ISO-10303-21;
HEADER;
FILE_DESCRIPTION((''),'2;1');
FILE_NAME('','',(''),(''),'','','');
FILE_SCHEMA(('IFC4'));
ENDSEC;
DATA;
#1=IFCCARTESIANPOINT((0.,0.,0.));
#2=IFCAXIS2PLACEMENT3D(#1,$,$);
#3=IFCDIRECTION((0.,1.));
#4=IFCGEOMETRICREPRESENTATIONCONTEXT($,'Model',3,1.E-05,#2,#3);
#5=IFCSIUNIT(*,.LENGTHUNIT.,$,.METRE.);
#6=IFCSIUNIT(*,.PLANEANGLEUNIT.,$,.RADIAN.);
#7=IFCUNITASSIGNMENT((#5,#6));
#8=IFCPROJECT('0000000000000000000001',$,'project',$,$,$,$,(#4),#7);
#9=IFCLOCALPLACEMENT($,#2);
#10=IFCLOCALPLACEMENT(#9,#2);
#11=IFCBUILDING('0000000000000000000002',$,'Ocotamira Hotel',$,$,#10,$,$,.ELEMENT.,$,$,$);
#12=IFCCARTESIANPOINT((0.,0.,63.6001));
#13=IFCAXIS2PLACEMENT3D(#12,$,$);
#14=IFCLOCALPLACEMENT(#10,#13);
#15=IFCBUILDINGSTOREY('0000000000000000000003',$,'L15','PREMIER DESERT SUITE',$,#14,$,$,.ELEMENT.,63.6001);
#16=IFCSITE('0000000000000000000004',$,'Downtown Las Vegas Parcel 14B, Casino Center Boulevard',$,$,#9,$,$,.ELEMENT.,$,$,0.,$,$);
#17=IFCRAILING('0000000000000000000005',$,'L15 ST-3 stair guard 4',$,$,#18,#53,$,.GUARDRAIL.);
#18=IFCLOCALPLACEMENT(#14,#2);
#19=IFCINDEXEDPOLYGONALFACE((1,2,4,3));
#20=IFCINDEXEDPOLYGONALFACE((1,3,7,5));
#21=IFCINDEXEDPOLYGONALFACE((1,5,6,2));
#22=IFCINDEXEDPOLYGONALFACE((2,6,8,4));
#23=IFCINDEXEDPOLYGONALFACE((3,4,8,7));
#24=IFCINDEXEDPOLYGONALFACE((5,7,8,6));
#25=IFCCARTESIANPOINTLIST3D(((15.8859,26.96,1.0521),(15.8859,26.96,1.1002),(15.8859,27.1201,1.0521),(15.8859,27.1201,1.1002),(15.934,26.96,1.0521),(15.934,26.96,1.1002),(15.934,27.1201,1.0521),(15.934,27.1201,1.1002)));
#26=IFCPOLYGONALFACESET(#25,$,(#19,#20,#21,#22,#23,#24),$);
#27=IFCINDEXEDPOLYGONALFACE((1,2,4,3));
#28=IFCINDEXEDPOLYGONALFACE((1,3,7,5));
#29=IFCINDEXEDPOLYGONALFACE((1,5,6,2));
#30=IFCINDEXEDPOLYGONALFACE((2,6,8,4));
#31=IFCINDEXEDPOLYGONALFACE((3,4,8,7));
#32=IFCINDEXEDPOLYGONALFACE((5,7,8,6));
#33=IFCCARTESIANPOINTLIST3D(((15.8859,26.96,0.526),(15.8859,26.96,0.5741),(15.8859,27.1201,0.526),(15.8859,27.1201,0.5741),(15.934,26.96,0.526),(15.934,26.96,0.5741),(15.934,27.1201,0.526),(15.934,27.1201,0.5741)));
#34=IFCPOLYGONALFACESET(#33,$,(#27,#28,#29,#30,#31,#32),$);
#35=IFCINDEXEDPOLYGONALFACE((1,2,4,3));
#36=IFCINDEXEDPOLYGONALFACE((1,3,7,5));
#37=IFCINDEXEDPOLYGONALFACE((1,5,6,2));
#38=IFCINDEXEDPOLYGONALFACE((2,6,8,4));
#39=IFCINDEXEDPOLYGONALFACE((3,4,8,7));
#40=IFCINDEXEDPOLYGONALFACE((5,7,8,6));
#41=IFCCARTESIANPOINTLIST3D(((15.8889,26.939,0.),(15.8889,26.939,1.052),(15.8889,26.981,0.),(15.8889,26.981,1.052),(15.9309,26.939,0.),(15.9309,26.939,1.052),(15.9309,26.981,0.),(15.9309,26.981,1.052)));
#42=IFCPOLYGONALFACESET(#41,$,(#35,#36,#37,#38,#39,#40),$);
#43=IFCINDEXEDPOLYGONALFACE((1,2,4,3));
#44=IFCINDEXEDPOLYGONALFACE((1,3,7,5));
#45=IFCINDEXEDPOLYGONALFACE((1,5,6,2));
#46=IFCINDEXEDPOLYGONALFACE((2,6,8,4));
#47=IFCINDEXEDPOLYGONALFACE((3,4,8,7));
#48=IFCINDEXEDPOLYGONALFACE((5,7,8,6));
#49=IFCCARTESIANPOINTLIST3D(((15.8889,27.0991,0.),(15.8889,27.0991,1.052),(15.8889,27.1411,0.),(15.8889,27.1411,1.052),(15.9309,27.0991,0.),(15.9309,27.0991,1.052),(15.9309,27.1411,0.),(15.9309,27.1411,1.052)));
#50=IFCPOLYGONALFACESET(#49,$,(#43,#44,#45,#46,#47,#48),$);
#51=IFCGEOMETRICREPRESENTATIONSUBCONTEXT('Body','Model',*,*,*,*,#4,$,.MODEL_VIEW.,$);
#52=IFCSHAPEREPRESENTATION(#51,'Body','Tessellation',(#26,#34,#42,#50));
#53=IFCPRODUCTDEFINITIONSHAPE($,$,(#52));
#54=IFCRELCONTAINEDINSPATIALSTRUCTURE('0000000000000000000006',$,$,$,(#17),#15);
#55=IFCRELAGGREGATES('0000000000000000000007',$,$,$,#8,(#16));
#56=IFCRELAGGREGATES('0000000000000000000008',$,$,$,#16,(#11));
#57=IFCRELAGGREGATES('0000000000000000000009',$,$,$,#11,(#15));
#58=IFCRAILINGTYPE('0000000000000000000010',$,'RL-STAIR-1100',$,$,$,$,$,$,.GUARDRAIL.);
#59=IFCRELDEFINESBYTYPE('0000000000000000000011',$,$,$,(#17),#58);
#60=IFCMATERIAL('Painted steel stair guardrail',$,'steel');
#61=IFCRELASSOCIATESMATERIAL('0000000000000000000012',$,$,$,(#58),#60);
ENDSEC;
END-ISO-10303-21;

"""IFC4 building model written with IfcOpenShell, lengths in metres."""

from ifc_helpers import new_model, si_unit, direction, frame, origin, origin_2d, place, context, subcontext, project, spatial, rectangle, extrude, material, type_object, element, save


model = new_model("IFC4")

# Units and contexts
model_context = context("Model", 3, precision=1e-05, world=origin(), true_north=direction((0.0, 1.0)))
body_context = subcontext(model_context, "Body", "Model", "MODEL_VIEW")
ifc_project = project(units=[si_unit("LENGTHUNIT", "METRE"), si_unit("PLANEANGLEUNIT", "RADIAN")], contexts=[model_context])

# Site, building, storey
site_placement = place(None, origin())
site = spatial("IfcSite", under=ifc_project, at=site_placement, Name="Downtown Las Vegas Parcel 14B, Casino Center Boulevard", CompositionType="ELEMENT", RefElevation=0.0)
building_placement = place(site_placement, origin())
building = spatial("IfcBuilding", under=site, at=building_placement, Name="Ocotamira Hotel", CompositionType="ELEMENT")
storey_placement = place(building_placement, frame((0.0, 0.0, 63.6001)))
storey = spatial("IfcBuildingStorey", under=building, at=storey_placement, Name="L15", Description="PREMIER DESERT SUITE", CompositionType="ELEMENT", Elevation=63.6001)

# Railing
ifc_material_1 = material(Name="Painted steel stair guardrail", Category="steel")
railing_type_1 = type_object("IfcRailingType", Name="RL-STAIR-1100", PredefinedType="GUARDRAIL", material=ifc_material_1)
railing_1_placement = place(storey_placement, frame((15.9099, 26.96, 0.0)))
element("IfcRailing", 1, at=railing_1_placement, inside=storey, type_object=railing_type_1, Name="L15 ST-3 stair guard 4", PredefinedType="GUARDRAIL", context=body_context, shape_type="SweptSolid", body=[
    extrude(rectangle(XDim=0.0481, YDim=0.0481, at=origin_2d()), frame((0.0, 0.0, 1.0762), z_axis=(0.0, 1.0, 0.0), x_axis=(-1.0, 0.0, 0.0)), (0.0, 0.0, 1.0), 0.1602),
    extrude(rectangle(XDim=0.0481, YDim=0.0481, at=origin_2d()), frame((0.0, 0.0, 0.55), z_axis=(0.0, 1.0, 0.0), x_axis=(-1.0, 0.0, 0.0)), (0.0, 0.0, 1.0), 0.1602),
    extrude(rectangle(XDim=0.042, YDim=0.042, at=origin_2d()), origin(), (0.0, 0.0, 1.0), 1.052),
    extrude(rectangle(XDim=0.042, YDim=0.042, at=origin_2d()), frame((0.0, 0.1602, 0.0)), (0.0, 0.0, 1.0), 1.052),
])

save(model, "model.ifc")
